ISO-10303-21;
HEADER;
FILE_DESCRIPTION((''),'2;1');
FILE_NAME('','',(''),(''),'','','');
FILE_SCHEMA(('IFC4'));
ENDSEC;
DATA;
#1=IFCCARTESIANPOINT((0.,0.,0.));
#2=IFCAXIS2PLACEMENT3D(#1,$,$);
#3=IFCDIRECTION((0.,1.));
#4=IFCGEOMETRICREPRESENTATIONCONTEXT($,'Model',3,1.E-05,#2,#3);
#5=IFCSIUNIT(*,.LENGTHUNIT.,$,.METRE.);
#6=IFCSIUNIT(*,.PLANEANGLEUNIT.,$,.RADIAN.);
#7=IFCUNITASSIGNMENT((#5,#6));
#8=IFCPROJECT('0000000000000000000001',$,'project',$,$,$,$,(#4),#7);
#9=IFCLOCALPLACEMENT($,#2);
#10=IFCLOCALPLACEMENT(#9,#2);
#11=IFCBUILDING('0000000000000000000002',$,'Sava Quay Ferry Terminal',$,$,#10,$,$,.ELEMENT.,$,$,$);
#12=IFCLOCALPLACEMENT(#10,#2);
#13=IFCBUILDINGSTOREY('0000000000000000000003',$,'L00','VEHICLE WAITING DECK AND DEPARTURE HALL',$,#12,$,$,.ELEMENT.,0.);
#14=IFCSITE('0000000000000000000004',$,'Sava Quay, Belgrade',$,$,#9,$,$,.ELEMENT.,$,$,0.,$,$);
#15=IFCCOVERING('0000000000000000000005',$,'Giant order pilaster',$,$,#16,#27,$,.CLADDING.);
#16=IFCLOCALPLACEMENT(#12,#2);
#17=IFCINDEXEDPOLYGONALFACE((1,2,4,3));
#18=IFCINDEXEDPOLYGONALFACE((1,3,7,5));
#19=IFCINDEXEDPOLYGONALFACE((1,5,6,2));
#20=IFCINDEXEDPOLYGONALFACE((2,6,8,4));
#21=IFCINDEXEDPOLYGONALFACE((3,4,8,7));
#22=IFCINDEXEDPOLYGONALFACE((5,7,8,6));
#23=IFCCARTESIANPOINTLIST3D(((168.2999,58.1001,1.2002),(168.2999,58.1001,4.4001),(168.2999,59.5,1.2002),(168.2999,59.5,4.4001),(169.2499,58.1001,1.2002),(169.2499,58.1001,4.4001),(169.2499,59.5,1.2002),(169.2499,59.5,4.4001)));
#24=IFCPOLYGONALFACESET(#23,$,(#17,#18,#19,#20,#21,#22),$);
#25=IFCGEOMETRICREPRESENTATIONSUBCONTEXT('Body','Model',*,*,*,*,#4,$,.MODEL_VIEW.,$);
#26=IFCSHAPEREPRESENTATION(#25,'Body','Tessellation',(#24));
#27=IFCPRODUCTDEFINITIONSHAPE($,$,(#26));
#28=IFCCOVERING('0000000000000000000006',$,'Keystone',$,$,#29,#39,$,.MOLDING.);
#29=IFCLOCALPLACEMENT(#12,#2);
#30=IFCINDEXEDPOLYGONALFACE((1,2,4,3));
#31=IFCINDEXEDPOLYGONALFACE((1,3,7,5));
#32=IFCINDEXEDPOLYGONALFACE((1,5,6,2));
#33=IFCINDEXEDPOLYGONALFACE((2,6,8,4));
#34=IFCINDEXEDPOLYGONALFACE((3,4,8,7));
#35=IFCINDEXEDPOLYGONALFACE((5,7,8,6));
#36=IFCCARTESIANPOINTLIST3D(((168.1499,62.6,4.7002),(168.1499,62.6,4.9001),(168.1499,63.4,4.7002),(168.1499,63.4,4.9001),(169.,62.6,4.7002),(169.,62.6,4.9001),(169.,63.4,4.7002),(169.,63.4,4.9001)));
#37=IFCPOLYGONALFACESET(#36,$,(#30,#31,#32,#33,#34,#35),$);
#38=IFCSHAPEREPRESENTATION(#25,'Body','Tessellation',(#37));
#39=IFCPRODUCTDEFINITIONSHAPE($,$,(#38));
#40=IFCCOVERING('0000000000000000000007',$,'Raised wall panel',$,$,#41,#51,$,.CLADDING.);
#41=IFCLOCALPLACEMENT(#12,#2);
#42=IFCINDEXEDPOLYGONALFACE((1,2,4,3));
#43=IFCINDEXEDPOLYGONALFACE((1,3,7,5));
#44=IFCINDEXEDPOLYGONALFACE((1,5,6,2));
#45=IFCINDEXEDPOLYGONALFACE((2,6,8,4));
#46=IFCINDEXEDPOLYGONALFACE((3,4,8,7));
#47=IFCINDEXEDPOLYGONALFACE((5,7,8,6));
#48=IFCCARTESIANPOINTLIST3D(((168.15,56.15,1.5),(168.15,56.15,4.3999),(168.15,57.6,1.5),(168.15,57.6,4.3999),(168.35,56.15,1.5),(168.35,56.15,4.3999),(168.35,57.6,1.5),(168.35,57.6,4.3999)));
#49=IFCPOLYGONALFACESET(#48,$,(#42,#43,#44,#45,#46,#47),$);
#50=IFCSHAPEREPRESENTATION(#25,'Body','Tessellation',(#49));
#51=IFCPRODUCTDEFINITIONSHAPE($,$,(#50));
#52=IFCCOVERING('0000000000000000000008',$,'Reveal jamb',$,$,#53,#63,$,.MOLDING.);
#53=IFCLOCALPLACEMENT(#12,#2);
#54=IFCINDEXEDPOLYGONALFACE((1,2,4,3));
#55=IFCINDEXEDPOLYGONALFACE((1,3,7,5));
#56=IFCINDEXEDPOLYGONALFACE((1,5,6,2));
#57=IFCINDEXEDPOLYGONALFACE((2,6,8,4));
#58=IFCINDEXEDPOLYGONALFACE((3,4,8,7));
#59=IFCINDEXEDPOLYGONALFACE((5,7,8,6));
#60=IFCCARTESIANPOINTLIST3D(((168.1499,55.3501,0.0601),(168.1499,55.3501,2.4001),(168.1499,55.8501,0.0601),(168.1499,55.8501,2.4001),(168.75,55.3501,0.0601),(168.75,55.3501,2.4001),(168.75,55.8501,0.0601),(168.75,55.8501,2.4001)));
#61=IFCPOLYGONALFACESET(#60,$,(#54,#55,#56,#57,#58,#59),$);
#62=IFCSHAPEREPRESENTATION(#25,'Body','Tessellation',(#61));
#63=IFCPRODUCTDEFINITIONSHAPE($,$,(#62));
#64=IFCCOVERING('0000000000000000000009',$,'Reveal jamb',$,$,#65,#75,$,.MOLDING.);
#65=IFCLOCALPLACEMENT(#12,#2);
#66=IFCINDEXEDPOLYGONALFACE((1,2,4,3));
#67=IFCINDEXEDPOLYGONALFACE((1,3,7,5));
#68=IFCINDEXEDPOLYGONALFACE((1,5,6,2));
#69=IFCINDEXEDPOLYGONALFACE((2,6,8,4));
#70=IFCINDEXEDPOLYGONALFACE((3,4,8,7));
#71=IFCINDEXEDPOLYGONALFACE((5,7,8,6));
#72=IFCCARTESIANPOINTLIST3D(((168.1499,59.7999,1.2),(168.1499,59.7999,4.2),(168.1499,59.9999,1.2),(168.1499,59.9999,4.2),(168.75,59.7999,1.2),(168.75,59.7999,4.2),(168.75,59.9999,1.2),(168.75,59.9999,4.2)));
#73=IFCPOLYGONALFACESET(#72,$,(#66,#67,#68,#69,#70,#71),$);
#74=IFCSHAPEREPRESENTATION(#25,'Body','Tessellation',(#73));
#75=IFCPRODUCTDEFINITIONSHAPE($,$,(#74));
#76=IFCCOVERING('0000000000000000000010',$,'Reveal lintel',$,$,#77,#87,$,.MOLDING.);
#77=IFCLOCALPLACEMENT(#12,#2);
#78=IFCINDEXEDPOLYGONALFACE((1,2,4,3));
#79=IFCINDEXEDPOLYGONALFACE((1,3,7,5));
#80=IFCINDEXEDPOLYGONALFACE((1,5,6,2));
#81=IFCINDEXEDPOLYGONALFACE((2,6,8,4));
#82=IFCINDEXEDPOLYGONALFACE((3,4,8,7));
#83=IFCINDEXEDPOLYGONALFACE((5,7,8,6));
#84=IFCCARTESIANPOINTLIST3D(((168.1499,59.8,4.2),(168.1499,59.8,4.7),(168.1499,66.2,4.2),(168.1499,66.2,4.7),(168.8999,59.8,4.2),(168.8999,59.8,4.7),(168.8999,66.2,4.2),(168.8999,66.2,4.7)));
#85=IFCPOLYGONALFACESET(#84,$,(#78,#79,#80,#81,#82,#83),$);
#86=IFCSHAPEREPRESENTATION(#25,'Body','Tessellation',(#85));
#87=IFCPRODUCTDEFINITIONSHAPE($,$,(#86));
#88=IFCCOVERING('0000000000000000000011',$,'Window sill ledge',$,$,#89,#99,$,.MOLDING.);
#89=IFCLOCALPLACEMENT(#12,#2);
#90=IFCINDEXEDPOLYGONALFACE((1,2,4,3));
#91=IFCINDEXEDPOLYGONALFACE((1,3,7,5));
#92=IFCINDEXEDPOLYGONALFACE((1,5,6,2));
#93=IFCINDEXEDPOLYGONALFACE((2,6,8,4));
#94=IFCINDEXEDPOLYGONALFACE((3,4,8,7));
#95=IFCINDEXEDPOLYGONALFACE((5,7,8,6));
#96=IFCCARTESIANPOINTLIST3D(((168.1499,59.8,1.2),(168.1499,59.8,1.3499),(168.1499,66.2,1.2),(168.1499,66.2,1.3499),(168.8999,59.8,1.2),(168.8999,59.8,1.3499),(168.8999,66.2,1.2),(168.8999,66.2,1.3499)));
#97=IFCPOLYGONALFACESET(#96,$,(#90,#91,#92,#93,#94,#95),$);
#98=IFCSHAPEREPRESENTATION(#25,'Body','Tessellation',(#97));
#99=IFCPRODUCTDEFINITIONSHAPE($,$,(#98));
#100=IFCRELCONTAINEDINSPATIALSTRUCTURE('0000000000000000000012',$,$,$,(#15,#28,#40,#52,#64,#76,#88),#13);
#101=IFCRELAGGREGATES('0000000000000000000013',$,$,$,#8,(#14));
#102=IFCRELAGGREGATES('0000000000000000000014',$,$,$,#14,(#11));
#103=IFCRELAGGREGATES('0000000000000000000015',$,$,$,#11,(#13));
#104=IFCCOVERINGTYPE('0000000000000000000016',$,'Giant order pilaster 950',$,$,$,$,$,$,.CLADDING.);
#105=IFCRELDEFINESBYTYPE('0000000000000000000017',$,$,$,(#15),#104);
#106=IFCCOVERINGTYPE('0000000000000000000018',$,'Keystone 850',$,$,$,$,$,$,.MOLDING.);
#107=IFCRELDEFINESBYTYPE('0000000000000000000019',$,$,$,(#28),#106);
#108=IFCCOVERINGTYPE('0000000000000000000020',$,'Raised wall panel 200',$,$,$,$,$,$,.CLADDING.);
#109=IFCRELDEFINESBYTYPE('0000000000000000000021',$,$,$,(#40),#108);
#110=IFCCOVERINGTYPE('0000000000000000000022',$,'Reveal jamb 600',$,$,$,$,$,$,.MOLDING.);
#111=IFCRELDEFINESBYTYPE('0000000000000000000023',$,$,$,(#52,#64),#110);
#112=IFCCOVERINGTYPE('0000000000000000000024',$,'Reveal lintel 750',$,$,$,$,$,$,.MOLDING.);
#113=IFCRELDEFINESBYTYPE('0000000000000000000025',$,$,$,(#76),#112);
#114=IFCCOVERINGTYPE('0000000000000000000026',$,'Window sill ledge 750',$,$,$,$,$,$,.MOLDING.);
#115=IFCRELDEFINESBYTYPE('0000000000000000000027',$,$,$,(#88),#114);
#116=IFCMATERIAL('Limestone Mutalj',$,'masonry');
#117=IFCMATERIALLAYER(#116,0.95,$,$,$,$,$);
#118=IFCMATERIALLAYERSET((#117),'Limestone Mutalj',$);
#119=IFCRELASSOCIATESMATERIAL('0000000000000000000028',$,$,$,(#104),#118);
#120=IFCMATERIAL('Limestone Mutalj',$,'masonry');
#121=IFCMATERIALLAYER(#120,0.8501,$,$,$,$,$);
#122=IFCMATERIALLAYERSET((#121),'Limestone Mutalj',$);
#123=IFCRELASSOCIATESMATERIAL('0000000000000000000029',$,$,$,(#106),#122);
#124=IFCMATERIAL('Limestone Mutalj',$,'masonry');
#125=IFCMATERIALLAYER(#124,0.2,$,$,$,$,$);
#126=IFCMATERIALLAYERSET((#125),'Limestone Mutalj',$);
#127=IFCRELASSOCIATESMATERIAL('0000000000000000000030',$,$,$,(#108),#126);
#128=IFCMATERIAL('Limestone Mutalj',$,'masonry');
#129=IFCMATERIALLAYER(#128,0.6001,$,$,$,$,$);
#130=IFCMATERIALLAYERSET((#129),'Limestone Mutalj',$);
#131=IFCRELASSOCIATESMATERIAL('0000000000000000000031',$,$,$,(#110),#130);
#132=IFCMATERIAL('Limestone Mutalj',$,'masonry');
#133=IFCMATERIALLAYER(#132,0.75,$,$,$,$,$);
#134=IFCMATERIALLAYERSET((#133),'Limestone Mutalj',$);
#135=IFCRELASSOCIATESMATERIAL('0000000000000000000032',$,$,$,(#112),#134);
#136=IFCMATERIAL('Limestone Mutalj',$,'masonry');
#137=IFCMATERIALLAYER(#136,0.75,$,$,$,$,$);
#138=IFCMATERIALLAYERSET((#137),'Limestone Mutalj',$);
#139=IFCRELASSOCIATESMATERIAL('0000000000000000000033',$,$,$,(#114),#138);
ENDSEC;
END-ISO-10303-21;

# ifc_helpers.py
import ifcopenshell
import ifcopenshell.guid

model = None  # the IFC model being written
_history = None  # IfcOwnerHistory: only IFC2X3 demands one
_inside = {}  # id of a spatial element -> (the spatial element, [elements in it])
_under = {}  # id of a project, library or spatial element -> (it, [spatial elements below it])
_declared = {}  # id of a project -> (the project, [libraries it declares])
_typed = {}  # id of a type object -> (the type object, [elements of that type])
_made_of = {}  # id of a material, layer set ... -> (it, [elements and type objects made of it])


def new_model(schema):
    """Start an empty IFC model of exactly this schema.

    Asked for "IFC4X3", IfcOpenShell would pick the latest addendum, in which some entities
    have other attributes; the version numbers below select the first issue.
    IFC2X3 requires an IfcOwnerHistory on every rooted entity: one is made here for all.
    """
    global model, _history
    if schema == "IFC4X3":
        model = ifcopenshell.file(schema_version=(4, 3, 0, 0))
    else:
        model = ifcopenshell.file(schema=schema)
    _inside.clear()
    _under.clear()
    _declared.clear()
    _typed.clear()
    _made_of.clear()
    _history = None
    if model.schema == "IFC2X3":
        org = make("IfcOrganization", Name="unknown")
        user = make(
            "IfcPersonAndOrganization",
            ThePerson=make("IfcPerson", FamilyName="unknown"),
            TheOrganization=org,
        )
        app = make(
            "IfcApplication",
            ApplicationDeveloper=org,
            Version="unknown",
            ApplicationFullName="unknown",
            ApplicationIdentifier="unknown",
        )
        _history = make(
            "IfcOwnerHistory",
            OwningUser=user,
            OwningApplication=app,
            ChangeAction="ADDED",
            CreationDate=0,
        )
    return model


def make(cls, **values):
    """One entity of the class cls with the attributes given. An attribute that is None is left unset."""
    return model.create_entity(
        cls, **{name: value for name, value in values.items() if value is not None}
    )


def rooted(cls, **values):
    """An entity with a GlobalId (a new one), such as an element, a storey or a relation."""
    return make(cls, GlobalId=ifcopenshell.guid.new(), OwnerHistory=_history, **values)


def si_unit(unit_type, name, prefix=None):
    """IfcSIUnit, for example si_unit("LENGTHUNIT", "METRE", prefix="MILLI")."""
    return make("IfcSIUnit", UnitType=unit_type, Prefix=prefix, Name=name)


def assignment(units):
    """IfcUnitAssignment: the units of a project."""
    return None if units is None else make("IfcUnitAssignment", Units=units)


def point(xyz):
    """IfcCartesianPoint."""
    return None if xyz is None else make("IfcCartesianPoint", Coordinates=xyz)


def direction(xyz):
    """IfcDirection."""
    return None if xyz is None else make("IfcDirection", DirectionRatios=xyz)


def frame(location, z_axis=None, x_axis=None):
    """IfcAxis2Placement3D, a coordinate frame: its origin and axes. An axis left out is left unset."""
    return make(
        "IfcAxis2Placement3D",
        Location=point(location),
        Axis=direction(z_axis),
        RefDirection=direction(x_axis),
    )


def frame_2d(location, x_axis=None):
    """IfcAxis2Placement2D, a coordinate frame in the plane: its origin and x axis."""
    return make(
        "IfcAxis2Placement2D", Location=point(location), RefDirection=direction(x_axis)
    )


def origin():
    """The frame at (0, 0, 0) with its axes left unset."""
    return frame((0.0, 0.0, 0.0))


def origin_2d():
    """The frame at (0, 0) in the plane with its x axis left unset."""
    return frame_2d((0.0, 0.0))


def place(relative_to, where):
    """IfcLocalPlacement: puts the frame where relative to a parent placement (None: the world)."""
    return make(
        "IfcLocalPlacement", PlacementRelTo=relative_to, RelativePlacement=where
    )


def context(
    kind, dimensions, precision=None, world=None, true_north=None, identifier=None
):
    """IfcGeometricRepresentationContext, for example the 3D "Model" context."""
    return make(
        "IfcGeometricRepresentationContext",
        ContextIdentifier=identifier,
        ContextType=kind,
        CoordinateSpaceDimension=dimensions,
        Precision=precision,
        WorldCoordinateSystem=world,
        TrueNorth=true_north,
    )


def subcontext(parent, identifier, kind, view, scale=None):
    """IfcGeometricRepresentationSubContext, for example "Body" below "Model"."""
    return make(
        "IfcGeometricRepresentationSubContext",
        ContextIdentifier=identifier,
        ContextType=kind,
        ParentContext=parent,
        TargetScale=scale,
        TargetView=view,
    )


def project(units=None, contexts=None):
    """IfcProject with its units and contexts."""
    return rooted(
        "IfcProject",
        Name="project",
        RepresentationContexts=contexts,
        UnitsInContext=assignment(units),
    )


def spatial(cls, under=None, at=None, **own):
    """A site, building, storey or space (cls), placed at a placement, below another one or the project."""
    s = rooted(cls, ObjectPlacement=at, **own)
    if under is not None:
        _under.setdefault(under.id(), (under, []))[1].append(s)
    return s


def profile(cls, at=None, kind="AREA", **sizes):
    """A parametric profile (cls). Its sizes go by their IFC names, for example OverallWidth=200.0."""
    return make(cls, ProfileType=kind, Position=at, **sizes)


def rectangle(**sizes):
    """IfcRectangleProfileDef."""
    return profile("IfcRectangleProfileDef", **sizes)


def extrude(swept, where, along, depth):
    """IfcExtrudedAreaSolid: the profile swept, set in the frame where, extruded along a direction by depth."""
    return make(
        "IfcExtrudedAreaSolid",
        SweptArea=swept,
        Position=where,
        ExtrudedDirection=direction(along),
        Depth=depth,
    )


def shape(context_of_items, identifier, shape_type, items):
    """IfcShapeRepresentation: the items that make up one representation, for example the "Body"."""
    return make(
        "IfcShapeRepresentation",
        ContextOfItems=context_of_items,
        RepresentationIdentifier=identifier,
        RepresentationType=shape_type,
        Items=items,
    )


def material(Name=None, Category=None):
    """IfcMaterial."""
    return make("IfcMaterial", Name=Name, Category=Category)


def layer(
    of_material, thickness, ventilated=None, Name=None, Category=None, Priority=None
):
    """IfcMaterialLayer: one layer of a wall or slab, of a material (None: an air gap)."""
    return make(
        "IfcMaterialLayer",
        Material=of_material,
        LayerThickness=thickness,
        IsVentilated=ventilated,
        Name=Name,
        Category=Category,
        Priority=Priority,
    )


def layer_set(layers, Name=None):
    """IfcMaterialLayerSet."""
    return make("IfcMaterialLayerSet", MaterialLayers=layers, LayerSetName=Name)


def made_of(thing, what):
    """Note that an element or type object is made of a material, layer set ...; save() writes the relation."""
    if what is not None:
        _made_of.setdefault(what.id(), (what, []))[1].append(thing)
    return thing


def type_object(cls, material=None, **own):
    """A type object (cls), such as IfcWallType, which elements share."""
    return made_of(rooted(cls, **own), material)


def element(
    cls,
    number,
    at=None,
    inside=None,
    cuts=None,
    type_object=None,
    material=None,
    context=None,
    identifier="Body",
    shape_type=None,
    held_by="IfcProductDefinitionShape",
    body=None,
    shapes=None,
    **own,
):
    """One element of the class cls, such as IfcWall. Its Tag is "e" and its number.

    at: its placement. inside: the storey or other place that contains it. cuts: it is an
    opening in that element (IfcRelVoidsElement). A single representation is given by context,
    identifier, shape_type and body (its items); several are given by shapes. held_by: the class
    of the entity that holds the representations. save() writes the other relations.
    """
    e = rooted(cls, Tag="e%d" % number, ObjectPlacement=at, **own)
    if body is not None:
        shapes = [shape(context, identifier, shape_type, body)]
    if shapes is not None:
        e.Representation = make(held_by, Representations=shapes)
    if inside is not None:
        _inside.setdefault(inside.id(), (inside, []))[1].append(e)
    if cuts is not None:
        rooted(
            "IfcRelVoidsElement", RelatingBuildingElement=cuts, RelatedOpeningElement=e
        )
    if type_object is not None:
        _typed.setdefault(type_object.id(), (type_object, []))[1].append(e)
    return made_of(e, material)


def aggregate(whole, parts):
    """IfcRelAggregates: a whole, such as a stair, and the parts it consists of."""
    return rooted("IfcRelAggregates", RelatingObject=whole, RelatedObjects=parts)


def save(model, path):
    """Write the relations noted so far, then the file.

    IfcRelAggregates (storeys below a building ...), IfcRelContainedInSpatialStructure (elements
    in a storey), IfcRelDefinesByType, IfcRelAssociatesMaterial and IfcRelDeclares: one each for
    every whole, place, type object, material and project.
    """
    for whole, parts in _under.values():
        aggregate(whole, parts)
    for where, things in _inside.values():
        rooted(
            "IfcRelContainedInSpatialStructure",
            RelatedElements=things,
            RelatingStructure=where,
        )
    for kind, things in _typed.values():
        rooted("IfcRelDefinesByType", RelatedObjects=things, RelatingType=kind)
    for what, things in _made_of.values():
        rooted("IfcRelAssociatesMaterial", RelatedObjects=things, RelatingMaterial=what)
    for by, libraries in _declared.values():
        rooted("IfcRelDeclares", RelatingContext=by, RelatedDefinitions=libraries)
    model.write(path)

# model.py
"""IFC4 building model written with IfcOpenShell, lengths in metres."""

from ifc_helpers import new_model, si_unit, direction, frame, origin, origin_2d, place, context, subcontext, project, spatial, rectangle, extrude, material, layer, layer_set, type_object, element, save


model = new_model("IFC4")

# Units and contexts
model_context = context("Model", 3, precision=1e-05, world=origin(), true_north=direction((0.0, 1.0)))
body_context = subcontext(model_context, "Body", "Model", "MODEL_VIEW")
ifc_project = project(units=[si_unit("LENGTHUNIT", "METRE"), si_unit("PLANEANGLEUNIT", "RADIAN")], contexts=[model_context])

# Site, building, storey
site_placement = place(None, origin())
site = spatial("IfcSite", under=ifc_project, at=site_placement, Name="Sava Quay, Belgrade", CompositionType="ELEMENT", RefElevation=0.0)
building_placement = place(site_placement, origin())
building = spatial("IfcBuilding", under=site, at=building_placement, Name="Sava Quay Ferry Terminal", CompositionType="ELEMENT")
storey_placement = place(building_placement, origin())
storey = spatial("IfcBuildingStorey", under=building, at=storey_placement, Name="L00", Description="VEHICLE WAITING DECK AND DEPARTURE HALL", CompositionType="ELEMENT", Elevation=0.0)

# Coverings
ifc_material_1 = material(Name="Limestone Mutalj", Category="masonry")
ifc_layer_1 = layer(ifc_material_1, 0.95)
ifc_layer_set_1 = layer_set([ifc_layer_1], Name="Limestone Mutalj")
covering_type_1 = type_object("IfcCoveringType", Name="Giant order pilaster 950", PredefinedType="CLADDING", material=ifc_layer_set_1)
covering_1_placement = place(storey_placement, frame((168.7749, 58.8, 1.2002), z_axis=(0.0, 0.0, 1.0), x_axis=(1.0, 0.0, 0.0)))
element("IfcCovering", 1, at=covering_1_placement, inside=storey, type_object=covering_type_1, Name="Giant order pilaster", PredefinedType="CLADDING", context=body_context, shape_type="SweptSolid", body=[
    extrude(rectangle(XDim=0.95, YDim=1.3999, at=origin_2d()), origin(), (0.0, 0.0, 1.0), 3.2),
])
ifc_material_2 = material(Name="Limestone Mutalj", Category="masonry")
ifc_layer_2 = layer(ifc_material_2, 0.8501)
ifc_layer_set_2 = layer_set([ifc_layer_2], Name="Limestone Mutalj")
covering_type_2 = type_object("IfcCoveringType", Name="Keystone 850", PredefinedType="MOLDING", material=ifc_layer_set_2)
covering_2_placement = place(storey_placement, frame((168.575, 63.0, 4.7002), z_axis=(0.0, 0.0, 1.0), x_axis=(1.0, 0.0, 0.0)))
element("IfcCovering", 2, at=covering_2_placement, inside=storey, type_object=covering_type_2, Name="Keystone", PredefinedType="MOLDING", context=body_context, shape_type="SweptSolid", body=[
    extrude(rectangle(XDim=0.8501, YDim=0.8, at=origin_2d()), origin(), (0.0, 0.0, 1.0), 0.2),
])
ifc_material_3 = material(Name="Limestone Mutalj", Category="masonry")
ifc_layer_3 = layer(ifc_material_3, 0.2)
ifc_layer_set_3 = layer_set([ifc_layer_3], Name="Limestone Mutalj")
covering_type_3 = type_object("IfcCoveringType", Name="Raised wall panel 200", PredefinedType="CLADDING", material=ifc_layer_set_3)
covering_3_placement = place(storey_placement, frame((168.25, 56.875, 1.5), z_axis=(0.0, 0.0, 1.0), x_axis=(1.0, 0.0, 0.0)))
element("IfcCovering", 3, at=covering_3_placement, inside=storey, type_object=covering_type_3, Name="Raised wall panel", PredefinedType="CLADDING", context=body_context, shape_type="SweptSolid", body=[
    extrude(rectangle(XDim=0.2, YDim=1.45, at=origin_2d()), origin(), (0.0, 0.0, 1.0), 2.8999),
])
ifc_material_4 = material(Name="Limestone Mutalj", Category="masonry")
ifc_layer_4 = layer(ifc_material_4, 0.6001)
ifc_layer_set_4 = layer_set([ifc_layer_4], Name="Limestone Mutalj")
covering_type_4 = type_object("IfcCoveringType", Name="Reveal jamb 600", PredefinedType="MOLDING", material=ifc_layer_set_4)
covering_4_placement = place(storey_placement, frame((168.45, 55.6001, 0.0601), z_axis=(0.0, 0.0, 1.0), x_axis=(1.0, 0.0, 0.0)))
element("IfcCovering", 4, at=covering_4_placement, inside=storey, type_object=covering_type_4, Name="Reveal jamb", PredefinedType="MOLDING", context=body_context, shape_type="SweptSolid", body=[
    extrude(rectangle(XDim=0.6001, YDim=0.5, at=origin_2d()), origin(), (0.0, 0.0, 1.0), 2.3401),
])
covering_5_placement = place(storey_placement, frame((168.45, 59.8999, 1.2), z_axis=(0.0, 0.0, 1.0), x_axis=(1.0, 0.0, 0.0)))
element("IfcCovering", 5, at=covering_5_placement, inside=storey, type_object=covering_type_4, Name="Reveal jamb", PredefinedType="MOLDING", context=body_context, shape_type="SweptSolid", body=[
    extrude(rectangle(XDim=0.6001, YDim=0.2, at=origin_2d()), origin(), (0.0, 0.0, 1.0), 3.0),
])
ifc_material_5 = material(Name="Limestone Mutalj", Category="masonry")
ifc_layer_5 = layer(ifc_material_5, 0.75)
ifc_layer_set_5 = layer_set([ifc_layer_5], Name="Limestone Mutalj")
covering_type_5 = type_object("IfcCoveringType", Name="Reveal lintel 750", PredefinedType="MOLDING", material=ifc_layer_set_5)
covering_6_placement = place(storey_placement, frame((168.5249, 63.0, 4.2), z_axis=(0.0, 0.0, 1.0), x_axis=(1.0, 0.0, 0.0)))
element("IfcCovering", 6, at=covering_6_placement, inside=storey, type_object=covering_type_5, Name="Reveal lintel", PredefinedType="MOLDING", context=body_context, shape_type="SweptSolid", body=[
    extrude(rectangle(XDim=0.75, YDim=6.3999, at=origin_2d()), origin(), (0.0, 0.0, 1.0), 0.5),
])
ifc_material_6 = material(Name="Limestone Mutalj", Category="masonry")
ifc_layer_6 = layer(ifc_material_6, 0.75)
ifc_layer_set_6 = layer_set([ifc_layer_6], Name="Limestone Mutalj")
covering_type_6 = type_object("IfcCoveringType", Name="Window sill ledge 750", PredefinedType="MOLDING", material=ifc_layer_set_6)
covering_7_placement = place(storey_placement, frame((168.5249, 63.0, 1.2), z_axis=(0.0, 0.0, 1.0), x_axis=(1.0, 0.0, 0.0)))
element("IfcCovering", 7, at=covering_7_placement, inside=storey, type_object=covering_type_6, Name="Window sill ledge", PredefinedType="MOLDING", context=body_context, shape_type="SweptSolid", body=[
    extrude(rectangle(XDim=0.75, YDim=6.3999, at=origin_2d()), origin(), (0.0, 0.0, 1.0), 0.1499),
])

save(model, "model.ifc")
